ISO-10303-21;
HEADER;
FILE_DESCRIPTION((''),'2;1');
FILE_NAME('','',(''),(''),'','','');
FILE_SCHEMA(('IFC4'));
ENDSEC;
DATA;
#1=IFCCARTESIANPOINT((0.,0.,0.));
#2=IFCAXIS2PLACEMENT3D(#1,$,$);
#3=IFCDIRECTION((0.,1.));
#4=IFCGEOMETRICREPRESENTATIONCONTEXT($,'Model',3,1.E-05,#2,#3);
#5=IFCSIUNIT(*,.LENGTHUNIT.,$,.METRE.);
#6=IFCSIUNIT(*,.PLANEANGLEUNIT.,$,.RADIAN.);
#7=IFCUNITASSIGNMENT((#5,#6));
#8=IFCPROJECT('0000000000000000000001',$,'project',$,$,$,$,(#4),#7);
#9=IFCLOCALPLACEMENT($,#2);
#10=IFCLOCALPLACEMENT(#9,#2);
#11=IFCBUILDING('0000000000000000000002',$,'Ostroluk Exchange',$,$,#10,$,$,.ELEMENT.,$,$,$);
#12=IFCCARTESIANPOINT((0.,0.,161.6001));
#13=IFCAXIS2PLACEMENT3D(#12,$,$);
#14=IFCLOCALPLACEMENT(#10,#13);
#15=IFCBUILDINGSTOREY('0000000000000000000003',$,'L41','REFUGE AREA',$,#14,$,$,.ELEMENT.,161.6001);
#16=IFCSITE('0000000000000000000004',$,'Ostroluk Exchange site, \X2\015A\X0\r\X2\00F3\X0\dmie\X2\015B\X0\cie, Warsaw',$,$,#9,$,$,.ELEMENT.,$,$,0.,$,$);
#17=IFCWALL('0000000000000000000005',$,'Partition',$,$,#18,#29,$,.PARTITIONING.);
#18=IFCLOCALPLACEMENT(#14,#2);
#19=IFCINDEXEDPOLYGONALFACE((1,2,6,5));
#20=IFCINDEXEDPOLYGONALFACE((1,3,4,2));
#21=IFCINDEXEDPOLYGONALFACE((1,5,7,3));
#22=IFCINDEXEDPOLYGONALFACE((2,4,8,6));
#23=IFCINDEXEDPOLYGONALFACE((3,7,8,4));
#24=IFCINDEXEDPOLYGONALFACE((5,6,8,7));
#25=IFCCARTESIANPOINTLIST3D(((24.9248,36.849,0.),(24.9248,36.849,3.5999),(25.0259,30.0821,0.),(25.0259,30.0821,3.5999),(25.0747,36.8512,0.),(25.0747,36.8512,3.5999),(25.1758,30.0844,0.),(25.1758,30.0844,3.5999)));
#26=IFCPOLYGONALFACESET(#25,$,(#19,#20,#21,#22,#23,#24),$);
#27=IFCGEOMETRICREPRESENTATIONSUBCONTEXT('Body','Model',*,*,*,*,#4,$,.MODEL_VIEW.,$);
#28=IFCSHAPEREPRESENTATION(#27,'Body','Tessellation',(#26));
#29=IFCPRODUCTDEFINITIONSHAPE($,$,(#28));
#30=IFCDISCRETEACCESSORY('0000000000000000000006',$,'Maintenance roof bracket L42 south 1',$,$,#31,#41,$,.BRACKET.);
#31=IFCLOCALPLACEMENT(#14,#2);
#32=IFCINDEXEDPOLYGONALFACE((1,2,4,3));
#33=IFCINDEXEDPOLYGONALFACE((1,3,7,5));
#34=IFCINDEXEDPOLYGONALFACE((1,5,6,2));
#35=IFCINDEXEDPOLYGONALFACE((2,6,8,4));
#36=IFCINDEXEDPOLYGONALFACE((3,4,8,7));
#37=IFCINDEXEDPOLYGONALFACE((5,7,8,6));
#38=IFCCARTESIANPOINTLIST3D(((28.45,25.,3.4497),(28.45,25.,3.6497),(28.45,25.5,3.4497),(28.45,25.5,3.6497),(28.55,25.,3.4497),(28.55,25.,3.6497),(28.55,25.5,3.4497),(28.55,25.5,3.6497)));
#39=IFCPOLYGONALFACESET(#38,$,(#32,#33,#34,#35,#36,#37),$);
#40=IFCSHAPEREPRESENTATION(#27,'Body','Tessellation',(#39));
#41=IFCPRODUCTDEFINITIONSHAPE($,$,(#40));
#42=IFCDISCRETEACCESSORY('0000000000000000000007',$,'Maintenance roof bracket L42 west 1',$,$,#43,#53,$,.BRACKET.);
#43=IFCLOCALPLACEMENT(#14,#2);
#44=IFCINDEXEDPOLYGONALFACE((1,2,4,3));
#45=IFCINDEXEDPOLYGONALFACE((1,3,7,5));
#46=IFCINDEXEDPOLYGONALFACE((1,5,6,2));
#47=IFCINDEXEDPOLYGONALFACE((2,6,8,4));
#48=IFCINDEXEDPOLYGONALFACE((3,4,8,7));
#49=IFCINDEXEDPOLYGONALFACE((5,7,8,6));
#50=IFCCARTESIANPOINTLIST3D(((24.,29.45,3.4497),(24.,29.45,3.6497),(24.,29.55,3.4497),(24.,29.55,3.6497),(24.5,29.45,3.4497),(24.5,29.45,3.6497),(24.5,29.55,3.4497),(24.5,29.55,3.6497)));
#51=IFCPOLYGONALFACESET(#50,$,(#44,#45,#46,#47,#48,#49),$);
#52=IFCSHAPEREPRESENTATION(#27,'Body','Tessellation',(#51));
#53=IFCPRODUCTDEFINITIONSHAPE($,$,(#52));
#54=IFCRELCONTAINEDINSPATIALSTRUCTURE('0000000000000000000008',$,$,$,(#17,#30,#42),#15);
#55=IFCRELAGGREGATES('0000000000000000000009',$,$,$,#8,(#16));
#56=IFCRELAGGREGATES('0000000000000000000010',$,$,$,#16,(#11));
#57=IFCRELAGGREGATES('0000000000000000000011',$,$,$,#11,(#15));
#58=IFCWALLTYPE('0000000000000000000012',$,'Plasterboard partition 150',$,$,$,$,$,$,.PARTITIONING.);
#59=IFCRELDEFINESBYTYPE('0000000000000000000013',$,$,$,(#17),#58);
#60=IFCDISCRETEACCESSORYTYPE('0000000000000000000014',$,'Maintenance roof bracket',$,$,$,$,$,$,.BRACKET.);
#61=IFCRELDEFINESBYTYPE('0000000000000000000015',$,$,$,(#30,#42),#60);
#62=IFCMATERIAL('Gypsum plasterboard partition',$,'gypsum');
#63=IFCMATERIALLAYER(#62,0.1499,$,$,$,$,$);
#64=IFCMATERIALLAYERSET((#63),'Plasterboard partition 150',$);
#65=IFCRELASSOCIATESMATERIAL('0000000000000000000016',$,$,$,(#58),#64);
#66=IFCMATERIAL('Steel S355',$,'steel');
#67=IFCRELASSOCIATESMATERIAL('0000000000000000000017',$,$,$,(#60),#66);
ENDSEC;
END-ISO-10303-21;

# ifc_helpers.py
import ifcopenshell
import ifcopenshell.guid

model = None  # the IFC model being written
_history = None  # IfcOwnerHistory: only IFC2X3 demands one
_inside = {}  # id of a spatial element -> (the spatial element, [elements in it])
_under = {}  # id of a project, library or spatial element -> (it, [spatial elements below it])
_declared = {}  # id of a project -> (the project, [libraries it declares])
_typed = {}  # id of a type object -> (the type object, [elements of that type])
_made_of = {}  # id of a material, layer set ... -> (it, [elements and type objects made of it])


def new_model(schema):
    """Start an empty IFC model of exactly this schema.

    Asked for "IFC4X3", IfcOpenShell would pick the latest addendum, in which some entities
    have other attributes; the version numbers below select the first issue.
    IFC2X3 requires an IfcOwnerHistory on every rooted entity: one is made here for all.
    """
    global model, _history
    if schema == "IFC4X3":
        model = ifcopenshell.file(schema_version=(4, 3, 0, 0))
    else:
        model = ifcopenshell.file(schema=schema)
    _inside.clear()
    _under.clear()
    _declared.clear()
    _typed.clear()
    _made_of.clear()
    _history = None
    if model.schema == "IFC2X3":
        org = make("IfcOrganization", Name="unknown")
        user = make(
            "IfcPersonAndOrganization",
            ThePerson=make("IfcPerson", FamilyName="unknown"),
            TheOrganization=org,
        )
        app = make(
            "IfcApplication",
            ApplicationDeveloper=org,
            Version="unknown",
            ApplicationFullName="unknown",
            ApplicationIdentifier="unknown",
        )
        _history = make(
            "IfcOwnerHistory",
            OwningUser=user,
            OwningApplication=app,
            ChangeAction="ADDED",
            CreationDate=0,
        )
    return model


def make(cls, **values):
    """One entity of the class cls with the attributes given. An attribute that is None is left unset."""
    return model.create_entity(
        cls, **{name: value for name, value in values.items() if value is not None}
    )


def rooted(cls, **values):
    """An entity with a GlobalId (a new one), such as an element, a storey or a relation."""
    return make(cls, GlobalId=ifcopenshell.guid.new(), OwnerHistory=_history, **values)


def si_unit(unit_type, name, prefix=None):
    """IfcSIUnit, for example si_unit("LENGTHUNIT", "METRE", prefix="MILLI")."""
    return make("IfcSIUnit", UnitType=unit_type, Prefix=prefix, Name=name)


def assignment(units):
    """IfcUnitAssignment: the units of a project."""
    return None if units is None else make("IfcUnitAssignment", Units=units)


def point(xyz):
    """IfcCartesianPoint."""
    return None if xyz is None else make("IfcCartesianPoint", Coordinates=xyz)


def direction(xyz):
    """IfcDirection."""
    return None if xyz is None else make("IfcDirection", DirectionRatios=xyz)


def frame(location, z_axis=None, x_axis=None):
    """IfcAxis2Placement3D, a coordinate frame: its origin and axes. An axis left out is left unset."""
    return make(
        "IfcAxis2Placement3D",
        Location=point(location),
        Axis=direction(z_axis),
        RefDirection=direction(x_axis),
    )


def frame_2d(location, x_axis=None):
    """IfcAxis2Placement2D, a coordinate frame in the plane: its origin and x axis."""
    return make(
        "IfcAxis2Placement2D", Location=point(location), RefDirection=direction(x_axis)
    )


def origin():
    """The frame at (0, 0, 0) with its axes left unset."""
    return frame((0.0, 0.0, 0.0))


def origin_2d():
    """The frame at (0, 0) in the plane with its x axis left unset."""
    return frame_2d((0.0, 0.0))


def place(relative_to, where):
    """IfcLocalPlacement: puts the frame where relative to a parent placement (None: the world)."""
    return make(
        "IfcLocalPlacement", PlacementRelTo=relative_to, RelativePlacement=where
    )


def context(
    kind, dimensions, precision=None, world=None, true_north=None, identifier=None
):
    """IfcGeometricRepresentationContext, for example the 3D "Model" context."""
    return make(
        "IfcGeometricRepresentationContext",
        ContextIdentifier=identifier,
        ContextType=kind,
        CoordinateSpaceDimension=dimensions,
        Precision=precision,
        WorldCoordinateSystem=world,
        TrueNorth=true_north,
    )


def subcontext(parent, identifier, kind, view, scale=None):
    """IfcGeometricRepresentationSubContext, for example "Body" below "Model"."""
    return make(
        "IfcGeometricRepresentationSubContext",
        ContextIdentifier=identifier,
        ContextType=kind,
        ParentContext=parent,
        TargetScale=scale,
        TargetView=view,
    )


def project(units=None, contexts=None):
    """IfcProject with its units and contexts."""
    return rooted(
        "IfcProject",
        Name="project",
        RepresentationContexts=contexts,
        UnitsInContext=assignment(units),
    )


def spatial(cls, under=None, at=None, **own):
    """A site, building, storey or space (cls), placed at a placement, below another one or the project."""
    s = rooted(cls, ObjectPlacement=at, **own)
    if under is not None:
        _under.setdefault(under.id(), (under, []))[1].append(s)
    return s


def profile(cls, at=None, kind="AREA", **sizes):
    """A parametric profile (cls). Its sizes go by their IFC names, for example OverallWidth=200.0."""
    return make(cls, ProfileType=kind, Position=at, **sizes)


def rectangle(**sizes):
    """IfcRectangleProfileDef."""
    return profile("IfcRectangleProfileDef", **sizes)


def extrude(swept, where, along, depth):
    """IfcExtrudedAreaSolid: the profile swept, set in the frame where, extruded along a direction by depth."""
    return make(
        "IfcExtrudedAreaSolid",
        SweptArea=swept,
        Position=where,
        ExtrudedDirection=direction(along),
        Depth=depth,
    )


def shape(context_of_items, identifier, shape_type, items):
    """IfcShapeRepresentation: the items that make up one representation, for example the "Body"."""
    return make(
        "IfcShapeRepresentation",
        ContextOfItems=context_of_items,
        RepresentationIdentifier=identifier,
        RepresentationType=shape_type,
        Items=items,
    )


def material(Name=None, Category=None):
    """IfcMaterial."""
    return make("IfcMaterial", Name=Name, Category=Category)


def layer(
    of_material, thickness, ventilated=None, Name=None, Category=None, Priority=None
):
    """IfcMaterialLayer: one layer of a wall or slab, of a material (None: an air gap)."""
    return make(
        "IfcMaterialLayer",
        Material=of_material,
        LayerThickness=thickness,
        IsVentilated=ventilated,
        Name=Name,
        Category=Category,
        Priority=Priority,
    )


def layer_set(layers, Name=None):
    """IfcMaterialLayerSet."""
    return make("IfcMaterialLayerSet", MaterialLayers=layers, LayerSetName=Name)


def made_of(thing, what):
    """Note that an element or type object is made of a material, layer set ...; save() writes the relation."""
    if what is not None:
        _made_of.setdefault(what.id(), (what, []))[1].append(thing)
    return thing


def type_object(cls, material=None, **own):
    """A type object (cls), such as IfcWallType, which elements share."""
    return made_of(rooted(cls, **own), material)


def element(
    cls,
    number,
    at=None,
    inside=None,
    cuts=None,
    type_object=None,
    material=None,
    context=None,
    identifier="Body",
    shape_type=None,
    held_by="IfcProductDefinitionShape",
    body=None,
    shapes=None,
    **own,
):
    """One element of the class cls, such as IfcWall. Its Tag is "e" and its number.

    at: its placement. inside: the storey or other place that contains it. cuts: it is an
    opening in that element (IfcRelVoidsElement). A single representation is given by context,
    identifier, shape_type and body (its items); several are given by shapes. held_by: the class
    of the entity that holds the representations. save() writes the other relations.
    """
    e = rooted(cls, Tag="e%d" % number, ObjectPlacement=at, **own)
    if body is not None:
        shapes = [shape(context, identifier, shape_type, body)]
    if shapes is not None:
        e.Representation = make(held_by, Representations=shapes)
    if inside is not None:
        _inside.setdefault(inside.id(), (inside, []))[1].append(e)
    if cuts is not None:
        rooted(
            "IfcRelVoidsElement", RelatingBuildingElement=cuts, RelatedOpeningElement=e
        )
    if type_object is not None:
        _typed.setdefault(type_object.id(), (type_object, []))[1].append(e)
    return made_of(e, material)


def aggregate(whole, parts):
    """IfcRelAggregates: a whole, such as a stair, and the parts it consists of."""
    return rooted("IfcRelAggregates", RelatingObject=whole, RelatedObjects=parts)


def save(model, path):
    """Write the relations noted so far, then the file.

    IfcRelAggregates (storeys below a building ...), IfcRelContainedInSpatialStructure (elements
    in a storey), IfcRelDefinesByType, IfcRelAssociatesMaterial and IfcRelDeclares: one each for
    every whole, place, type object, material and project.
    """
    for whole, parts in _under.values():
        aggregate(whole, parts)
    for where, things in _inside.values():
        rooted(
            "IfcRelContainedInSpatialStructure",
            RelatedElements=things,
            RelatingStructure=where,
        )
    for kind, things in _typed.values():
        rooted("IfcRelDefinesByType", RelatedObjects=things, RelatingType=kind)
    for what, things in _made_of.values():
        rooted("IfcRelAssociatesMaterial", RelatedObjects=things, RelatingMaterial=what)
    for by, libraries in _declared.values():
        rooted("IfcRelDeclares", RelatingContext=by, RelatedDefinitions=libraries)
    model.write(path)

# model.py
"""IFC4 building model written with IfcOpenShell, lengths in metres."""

from ifc_helpers import new_model, si_unit, direction, frame, frame_2d, origin, origin_2d, place, context, subcontext, project, spatial, rectangle, extrude, material, layer, layer_set, type_object, element, save


model = new_model("IFC4")

# Units and contexts
model_context = context("Model", 3, precision=1e-05, world=origin(), true_north=direction((0.0, 1.0)))
body_context = subcontext(model_context, "Body", "Model", "MODEL_VIEW")
ifc_project = project(units=[si_unit("LENGTHUNIT", "METRE"), si_unit("PLANEANGLEUNIT", "RADIAN")], contexts=[model_context])

# Site, building, storey
site_placement = place(None, origin())
site = spatial("IfcSite", under=ifc_project, at=site_placement, Name="Ostroluk Exchange site, Śródmieście, Warsaw", CompositionType="ELEMENT", RefElevation=0.0)
building_placement = place(site_placement, origin())
building = spatial("IfcBuilding", under=site, at=building_placement, Name="Ostroluk Exchange", CompositionType="ELEMENT")
storey_placement = place(building_placement, frame((0.0, 0.0, 161.6001)))
storey = spatial("IfcBuildingStorey", under=building, at=storey_placement, Name="L41", Description="REFUGE AREA", CompositionType="ELEMENT", Elevation=161.6001)

# Wall
ifc_material_1 = material(Name="Gypsum plasterboard partition", Category="gypsum")
ifc_layer_1 = layer(ifc_material_1, 0.1499)
ifc_layer_set_1 = layer_set([ifc_layer_1], Name="Plasterboard partition 150")
wall_type_1 = type_object("IfcWallType", Name="Plasterboard partition 150", PredefinedType="PARTITIONING", material=ifc_layer_set_1)
wall_1_placement = place(storey_placement, frame((25.1008, 30.0833, 0.0), z_axis=(0.0, 0.0, 1.0), x_axis=(-0.014935, 0.999888, 0.0)))
element("IfcWall", 1, at=wall_1_placement, inside=storey, type_object=wall_type_1, Name="Partition", PredefinedType="PARTITIONING", context=body_context, shape_type="SweptSolid", body=[
    extrude(rectangle(XDim=6.7676, YDim=0.1499, at=frame_2d((3.3838, 0.0))), origin(), (0.0, 0.0, 1.0), 3.5999),
])

# Discrete accessories
ifc_material_2 = material(Name="Steel S355", Category="steel")
discrete_accessory_type = type_object("IfcDiscreteAccessoryType", Name="Maintenance roof bracket", PredefinedType="BRACKET", material=ifc_material_2)
discrete_accessory_1_placement = place(storey_placement, frame((28.5, 25.25, 3.4497), z_axis=(0.0, 0.0, 1.0), x_axis=(1.0, 0.0, 0.0)))
element("IfcDiscreteAccessory", 2, at=discrete_accessory_1_placement, inside=storey, type_object=discrete_accessory_type, Name="Maintenance roof bracket L42 south 1", PredefinedType="BRACKET", context=body_context, shape_type="SweptSolid", body=[
    extrude(rectangle(XDim=0.1001, YDim=0.5, at=origin_2d()), origin(), (0.0, 0.0, 1.0), 0.2),
])
discrete_accessory_2_placement = place(storey_placement, frame((24.25, 29.5, 3.4497), z_axis=(0.0, 0.0, 1.0), x_axis=(1.0, 0.0, 0.0)))
element("IfcDiscreteAccessory", 3, at=discrete_accessory_2_placement, inside=storey, type_object=discrete_accessory_type, Name="Maintenance roof bracket L42 west 1", PredefinedType="BRACKET", context=body_context, shape_type="SweptSolid", body=[
    extrude(rectangle(XDim=0.5, YDim=0.1001, at=origin_2d()), origin(), (0.0, 0.0, 1.0), 0.2),
])

save(model, "model.ifc")
